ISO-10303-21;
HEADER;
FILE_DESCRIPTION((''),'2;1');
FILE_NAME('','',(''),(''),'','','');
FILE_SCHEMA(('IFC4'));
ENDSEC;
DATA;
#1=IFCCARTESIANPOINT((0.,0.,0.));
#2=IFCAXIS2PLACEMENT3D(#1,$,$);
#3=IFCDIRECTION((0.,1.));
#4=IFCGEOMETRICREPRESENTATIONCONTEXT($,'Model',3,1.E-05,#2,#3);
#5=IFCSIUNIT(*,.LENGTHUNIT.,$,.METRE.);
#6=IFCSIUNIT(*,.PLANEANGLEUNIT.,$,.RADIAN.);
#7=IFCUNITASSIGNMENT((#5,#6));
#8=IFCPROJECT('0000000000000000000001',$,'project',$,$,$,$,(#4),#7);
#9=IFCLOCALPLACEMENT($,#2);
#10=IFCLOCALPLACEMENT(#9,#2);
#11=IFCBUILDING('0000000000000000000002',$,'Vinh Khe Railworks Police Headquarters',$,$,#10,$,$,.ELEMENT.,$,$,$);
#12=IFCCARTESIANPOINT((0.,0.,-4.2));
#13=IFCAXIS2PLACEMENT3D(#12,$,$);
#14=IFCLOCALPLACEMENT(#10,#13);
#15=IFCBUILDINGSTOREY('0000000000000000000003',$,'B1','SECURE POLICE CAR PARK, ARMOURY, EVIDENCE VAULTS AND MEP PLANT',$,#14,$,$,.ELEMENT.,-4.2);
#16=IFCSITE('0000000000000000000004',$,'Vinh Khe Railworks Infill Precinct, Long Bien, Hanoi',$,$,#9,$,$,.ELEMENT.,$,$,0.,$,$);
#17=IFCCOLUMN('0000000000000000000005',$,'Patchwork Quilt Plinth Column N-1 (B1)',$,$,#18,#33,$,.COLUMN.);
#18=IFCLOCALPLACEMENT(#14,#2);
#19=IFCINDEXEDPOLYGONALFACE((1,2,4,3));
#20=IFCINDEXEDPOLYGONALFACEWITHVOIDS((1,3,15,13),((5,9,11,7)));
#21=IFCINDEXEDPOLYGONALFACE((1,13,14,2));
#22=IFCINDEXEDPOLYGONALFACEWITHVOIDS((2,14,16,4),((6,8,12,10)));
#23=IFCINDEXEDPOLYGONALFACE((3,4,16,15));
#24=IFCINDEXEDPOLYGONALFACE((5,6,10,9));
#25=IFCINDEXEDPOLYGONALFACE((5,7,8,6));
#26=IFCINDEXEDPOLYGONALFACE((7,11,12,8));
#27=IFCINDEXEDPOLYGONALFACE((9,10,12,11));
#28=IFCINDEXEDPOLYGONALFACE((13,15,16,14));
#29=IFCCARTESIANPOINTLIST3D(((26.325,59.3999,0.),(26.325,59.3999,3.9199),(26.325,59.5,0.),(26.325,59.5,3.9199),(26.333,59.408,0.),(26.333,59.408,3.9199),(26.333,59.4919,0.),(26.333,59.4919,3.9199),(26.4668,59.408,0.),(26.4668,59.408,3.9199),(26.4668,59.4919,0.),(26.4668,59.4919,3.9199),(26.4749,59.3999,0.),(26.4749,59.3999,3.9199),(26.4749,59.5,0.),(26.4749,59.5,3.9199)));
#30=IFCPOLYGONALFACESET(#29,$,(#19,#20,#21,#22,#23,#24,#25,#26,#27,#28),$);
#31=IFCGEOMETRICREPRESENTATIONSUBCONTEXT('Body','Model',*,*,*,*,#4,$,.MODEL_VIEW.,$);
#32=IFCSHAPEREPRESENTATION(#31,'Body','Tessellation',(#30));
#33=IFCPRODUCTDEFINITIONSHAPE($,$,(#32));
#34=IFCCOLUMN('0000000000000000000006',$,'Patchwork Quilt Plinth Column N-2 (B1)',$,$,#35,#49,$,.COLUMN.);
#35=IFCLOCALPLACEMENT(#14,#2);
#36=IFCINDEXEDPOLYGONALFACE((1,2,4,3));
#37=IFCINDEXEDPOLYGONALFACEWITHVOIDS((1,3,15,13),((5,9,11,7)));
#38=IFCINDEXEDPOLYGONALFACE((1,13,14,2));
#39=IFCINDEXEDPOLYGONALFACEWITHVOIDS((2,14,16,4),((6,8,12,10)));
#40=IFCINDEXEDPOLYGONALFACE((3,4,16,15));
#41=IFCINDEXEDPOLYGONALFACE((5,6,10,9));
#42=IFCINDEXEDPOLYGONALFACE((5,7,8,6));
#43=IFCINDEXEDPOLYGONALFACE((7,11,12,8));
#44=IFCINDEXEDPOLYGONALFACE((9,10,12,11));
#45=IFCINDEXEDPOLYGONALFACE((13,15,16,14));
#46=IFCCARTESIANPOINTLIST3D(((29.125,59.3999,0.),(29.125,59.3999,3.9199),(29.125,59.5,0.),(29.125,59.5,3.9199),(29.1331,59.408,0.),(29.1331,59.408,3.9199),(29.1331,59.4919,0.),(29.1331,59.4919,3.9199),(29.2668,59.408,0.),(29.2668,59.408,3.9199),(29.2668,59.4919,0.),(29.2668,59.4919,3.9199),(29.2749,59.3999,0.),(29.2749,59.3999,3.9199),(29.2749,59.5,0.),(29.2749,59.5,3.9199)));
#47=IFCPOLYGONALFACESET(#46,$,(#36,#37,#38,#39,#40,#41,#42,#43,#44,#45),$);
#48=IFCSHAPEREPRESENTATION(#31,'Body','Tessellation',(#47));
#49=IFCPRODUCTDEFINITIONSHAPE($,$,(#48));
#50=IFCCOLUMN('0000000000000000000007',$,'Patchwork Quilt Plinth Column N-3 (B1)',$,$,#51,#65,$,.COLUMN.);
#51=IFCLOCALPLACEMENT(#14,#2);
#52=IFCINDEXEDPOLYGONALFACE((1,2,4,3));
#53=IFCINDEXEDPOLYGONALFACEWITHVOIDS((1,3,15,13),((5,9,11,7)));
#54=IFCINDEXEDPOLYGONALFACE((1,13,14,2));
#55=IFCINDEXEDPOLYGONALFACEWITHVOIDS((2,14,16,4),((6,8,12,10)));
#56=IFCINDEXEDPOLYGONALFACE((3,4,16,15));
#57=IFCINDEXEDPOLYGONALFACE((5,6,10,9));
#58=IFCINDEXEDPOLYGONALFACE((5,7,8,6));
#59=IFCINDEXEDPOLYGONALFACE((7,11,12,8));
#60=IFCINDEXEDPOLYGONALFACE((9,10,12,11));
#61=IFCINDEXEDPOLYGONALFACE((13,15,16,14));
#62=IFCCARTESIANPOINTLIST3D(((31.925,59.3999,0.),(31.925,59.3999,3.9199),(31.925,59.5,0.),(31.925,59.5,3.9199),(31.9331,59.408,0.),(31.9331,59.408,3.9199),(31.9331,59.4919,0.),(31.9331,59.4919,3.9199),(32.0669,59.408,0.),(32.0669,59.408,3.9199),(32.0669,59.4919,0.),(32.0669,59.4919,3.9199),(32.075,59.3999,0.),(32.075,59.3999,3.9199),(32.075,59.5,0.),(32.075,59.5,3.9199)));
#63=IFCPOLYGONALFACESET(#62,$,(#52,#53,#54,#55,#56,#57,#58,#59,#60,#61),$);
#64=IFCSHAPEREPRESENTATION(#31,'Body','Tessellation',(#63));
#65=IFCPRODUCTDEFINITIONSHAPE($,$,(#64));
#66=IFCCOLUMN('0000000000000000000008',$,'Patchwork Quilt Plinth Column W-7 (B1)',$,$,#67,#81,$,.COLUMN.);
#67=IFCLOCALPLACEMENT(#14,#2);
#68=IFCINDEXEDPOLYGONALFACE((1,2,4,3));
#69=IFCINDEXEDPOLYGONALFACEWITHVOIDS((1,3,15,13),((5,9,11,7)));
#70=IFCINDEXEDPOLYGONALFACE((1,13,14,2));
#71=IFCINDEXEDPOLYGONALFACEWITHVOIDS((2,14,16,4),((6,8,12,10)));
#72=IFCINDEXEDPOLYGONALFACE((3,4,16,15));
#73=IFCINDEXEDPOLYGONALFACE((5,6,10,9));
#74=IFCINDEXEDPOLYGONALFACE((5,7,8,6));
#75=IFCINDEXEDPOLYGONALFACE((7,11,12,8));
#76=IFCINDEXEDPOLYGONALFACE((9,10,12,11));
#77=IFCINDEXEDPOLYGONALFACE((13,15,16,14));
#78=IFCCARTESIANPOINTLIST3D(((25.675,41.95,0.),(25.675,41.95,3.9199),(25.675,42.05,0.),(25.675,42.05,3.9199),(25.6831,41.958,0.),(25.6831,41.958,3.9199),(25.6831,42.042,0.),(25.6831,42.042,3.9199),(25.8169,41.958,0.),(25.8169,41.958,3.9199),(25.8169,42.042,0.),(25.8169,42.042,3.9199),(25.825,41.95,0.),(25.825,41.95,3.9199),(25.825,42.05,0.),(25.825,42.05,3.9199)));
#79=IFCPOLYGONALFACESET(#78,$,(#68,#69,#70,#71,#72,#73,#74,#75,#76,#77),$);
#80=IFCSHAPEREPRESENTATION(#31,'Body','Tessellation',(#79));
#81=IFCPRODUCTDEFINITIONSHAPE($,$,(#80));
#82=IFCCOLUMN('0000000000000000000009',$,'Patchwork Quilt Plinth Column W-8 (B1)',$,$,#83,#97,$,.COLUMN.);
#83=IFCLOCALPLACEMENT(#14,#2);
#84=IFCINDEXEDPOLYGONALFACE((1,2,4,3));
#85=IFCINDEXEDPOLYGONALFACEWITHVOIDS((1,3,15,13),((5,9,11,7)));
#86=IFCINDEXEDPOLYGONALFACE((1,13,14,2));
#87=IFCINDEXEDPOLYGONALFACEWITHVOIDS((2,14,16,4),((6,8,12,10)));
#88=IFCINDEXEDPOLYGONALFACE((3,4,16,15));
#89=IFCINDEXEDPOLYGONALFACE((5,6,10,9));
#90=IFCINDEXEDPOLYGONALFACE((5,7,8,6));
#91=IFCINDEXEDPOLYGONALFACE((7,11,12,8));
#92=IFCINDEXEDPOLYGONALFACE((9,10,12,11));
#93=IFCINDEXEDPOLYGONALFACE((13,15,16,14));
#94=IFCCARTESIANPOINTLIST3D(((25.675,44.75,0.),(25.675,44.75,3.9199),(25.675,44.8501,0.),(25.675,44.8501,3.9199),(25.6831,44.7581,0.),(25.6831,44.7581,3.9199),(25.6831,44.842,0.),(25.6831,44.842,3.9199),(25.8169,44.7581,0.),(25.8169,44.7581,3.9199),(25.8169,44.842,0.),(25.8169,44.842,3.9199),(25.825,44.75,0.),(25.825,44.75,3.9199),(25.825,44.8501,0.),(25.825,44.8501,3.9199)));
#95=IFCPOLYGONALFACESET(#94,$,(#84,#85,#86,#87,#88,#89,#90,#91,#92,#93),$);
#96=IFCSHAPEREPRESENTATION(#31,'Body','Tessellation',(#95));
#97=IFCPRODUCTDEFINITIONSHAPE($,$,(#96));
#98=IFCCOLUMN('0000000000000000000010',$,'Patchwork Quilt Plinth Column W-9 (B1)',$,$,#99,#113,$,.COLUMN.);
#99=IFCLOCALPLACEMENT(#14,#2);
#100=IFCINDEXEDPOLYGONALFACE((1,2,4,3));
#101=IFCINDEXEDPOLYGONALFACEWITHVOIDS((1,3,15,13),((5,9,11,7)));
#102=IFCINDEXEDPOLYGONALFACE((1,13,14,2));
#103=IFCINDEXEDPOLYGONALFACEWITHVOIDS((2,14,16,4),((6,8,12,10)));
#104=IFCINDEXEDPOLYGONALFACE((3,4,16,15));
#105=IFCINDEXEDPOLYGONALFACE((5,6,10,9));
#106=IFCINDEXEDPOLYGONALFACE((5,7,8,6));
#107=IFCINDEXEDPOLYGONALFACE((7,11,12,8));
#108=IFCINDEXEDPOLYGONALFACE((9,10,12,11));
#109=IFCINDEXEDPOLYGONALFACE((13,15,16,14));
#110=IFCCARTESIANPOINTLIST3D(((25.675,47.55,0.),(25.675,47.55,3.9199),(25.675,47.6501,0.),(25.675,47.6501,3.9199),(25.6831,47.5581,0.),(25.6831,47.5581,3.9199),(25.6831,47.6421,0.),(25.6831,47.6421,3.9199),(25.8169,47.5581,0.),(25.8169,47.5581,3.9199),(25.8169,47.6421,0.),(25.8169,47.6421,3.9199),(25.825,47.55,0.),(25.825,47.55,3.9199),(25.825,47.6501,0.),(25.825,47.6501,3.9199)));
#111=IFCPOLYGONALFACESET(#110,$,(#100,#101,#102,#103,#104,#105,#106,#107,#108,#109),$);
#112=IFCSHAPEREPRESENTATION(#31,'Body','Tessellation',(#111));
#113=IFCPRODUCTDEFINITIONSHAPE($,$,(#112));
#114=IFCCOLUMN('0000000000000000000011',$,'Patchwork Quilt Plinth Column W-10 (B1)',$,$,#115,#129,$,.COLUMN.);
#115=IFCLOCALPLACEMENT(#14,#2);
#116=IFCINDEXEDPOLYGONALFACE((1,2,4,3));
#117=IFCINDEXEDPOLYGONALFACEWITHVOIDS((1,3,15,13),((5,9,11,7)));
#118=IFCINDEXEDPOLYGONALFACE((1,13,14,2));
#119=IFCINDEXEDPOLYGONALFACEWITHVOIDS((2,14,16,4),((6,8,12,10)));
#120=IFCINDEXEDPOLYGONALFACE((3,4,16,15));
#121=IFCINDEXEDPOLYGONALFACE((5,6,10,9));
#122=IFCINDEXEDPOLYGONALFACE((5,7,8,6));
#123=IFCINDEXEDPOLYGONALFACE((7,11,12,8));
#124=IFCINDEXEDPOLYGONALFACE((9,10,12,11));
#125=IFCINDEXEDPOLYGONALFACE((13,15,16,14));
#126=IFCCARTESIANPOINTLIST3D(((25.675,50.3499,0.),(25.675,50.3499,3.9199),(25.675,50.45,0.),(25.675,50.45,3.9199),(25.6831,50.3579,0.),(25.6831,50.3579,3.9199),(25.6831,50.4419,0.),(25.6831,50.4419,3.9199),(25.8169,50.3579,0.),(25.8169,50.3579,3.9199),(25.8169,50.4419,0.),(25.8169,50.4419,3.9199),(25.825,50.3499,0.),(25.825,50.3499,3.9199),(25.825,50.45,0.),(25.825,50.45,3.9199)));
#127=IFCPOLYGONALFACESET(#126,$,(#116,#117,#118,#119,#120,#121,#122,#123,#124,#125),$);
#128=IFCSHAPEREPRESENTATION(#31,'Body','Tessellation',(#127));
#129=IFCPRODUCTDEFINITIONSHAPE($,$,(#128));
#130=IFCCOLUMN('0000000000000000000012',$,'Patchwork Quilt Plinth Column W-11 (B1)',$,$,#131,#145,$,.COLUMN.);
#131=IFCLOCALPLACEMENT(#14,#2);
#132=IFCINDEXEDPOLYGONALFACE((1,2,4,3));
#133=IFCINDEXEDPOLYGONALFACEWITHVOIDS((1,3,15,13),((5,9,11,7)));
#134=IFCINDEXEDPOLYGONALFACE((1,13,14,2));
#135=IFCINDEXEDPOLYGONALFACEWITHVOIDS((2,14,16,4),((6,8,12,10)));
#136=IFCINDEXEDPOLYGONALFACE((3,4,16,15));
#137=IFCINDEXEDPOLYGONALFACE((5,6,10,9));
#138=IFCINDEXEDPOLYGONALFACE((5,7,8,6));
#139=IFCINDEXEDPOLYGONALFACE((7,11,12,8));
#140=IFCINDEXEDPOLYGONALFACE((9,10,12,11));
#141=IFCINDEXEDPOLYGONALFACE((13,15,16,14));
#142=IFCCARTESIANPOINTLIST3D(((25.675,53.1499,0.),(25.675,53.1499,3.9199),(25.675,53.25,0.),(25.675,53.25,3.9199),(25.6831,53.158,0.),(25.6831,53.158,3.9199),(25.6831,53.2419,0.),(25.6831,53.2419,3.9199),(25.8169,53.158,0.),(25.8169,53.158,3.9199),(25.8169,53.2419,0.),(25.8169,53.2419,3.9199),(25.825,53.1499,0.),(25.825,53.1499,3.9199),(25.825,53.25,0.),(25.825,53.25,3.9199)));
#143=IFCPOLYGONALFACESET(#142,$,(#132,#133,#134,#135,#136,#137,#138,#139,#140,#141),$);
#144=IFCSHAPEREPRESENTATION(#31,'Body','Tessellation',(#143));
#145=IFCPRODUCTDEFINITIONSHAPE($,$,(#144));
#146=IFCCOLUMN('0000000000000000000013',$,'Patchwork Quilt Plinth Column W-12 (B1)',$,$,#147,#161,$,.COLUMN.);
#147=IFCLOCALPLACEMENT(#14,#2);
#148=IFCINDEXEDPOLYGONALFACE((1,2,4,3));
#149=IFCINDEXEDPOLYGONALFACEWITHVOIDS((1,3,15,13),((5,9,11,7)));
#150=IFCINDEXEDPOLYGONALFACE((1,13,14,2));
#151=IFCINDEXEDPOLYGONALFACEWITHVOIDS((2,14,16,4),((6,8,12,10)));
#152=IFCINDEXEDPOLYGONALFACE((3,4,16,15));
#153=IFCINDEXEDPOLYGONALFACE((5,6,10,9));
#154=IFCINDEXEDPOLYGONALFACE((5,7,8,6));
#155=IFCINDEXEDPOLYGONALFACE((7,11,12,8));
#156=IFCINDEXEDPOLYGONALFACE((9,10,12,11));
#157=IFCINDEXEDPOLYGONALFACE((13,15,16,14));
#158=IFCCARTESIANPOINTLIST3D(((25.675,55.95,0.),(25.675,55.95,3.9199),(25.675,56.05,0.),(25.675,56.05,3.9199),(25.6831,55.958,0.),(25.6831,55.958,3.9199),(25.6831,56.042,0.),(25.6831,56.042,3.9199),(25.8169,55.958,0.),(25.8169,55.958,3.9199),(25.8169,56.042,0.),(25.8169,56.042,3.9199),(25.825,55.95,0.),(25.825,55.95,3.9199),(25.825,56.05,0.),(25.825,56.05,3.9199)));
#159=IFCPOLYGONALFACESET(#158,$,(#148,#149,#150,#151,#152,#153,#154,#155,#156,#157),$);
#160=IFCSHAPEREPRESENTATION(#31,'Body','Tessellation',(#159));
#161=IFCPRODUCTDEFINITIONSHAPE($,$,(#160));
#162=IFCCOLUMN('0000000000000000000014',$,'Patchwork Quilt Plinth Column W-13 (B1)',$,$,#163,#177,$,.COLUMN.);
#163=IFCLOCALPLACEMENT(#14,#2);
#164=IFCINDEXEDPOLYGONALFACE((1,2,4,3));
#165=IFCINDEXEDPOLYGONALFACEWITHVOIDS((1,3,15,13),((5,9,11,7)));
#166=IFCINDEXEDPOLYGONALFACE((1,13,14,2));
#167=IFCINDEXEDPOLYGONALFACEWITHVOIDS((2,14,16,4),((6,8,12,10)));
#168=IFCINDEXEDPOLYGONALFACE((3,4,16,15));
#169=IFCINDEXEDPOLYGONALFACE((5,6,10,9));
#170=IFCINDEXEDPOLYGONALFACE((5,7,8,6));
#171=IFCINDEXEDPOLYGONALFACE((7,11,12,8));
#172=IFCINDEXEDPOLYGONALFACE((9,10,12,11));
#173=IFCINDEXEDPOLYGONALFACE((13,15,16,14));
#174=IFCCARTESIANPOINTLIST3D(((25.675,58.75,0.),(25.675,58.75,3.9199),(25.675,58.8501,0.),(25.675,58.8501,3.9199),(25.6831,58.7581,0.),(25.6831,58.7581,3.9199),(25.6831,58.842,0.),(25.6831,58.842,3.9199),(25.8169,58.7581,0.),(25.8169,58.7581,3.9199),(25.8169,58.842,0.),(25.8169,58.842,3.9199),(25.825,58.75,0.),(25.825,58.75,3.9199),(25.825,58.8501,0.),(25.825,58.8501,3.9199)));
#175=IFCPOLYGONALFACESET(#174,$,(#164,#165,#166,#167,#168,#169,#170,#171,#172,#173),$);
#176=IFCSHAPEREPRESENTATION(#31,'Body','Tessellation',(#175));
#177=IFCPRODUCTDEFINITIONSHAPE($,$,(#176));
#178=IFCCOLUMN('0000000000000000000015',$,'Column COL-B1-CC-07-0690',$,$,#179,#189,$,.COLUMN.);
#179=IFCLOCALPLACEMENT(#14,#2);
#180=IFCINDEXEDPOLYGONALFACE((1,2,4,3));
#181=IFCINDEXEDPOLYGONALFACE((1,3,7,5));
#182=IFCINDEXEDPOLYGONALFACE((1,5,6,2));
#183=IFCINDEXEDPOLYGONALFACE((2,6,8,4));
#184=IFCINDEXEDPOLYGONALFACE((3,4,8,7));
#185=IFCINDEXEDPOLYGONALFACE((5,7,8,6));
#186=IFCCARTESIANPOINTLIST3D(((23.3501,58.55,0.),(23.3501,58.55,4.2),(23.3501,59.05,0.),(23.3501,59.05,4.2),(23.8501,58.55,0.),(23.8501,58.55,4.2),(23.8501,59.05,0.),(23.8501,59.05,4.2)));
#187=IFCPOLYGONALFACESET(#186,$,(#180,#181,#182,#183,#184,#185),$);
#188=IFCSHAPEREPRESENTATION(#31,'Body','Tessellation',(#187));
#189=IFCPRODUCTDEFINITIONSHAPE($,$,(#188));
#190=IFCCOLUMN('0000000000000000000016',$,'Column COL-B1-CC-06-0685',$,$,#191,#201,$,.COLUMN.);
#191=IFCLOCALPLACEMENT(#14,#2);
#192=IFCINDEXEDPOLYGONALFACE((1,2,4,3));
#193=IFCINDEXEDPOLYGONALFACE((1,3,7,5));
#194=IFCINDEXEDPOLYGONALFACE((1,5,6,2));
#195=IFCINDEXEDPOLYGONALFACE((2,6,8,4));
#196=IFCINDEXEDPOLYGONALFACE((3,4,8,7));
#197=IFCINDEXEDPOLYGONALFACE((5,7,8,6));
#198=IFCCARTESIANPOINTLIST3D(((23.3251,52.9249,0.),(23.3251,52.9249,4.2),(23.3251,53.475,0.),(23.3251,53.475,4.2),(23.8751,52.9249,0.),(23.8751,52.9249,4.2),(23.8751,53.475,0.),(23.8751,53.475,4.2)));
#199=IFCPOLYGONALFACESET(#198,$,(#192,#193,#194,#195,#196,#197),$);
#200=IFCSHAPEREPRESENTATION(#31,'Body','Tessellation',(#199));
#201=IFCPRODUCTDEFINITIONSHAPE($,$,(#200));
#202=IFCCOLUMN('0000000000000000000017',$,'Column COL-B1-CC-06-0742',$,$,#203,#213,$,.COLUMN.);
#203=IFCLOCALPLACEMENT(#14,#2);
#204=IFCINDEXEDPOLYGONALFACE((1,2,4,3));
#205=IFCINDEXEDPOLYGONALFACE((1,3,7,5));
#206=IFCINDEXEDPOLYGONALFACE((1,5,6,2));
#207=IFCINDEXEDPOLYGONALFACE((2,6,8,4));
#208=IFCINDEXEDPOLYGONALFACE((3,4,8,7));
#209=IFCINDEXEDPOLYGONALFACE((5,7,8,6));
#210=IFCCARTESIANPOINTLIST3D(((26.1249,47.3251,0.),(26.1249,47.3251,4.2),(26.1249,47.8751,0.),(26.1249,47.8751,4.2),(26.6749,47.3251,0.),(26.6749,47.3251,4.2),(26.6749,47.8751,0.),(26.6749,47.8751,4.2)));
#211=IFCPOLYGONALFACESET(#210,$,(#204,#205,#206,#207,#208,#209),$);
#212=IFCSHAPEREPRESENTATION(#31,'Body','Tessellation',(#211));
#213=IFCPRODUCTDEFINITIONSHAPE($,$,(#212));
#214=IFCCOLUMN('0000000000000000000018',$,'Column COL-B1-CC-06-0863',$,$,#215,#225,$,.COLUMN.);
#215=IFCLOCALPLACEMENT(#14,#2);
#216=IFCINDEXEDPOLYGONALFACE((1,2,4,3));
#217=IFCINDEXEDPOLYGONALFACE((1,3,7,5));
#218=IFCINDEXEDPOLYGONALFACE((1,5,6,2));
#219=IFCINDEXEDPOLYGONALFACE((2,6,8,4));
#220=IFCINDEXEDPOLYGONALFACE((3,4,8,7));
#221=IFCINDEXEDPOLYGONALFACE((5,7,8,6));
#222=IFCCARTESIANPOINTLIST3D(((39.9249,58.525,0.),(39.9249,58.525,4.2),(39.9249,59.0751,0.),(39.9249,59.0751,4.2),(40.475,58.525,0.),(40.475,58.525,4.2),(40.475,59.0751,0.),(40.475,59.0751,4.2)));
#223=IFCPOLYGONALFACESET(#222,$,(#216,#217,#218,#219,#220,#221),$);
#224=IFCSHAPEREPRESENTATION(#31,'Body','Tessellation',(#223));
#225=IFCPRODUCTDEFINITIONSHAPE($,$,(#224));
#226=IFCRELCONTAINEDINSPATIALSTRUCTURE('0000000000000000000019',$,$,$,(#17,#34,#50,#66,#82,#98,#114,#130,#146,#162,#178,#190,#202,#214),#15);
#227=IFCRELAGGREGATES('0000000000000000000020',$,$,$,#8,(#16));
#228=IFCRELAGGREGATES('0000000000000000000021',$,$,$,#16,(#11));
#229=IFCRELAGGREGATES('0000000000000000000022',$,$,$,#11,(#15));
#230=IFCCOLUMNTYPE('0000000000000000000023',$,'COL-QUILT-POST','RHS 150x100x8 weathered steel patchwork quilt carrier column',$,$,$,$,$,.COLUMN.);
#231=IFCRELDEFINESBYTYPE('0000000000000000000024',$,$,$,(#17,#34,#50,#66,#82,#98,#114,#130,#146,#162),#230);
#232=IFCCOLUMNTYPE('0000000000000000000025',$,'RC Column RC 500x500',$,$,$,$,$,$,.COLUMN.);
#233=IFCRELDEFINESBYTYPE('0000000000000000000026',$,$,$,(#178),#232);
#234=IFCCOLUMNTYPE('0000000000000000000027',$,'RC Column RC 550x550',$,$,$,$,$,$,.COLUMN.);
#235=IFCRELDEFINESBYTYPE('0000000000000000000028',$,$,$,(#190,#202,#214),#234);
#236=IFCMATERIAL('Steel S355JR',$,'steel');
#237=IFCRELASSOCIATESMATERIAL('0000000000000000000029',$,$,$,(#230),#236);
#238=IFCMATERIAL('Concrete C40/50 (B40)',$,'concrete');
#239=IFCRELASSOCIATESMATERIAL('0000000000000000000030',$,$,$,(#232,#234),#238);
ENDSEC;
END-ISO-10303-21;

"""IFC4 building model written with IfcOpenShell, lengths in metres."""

from ifc_helpers import new_model, si_unit, direction, frame, origin, origin_2d, place, context, subcontext, project, spatial, rectangle, hollow_rectangle, extrude, material, material_profile, profile_set, type_object, element, save


model = new_model("IFC4")

# Units and contexts
model_context = context("Model", 3, precision=1e-05, world=origin(), true_north=direction((0.0, 1.0)))
body_context = subcontext(model_context, "Body", "Model", "MODEL_VIEW")
ifc_project = project(units=[si_unit("LENGTHUNIT", "METRE"), si_unit("PLANEANGLEUNIT", "RADIAN")], contexts=[model_context])

# Site, building, storey
site_placement = place(None, origin())
site = spatial("IfcSite", under=ifc_project, at=site_placement, Name="Vinh Khe Railworks Infill Precinct, Long Bien, Hanoi", CompositionType="ELEMENT", RefElevation=0.0)
building_placement = place(site_placement, origin())
building = spatial("IfcBuilding", under=site, at=building_placement, Name="Vinh Khe Railworks Police Headquarters", CompositionType="ELEMENT")
storey_placement = place(building_placement, frame((0.0, 0.0, -4.2)))
storey = spatial("IfcBuildingStorey", under=building, at=storey_placement, Name="B1", Description="SECURE POLICE CAR PARK, ARMOURY, EVIDENCE VAULTS AND MEP PLANT", CompositionType="ELEMENT", Elevation=-4.2)

# Columns
ifc_material_1 = material(Name="Steel S355JR", Category="steel")
ifc_material_profile_1 = material_profile(ifc_material_1, hollow_rectangle(XDim=0.1499, YDim=0.1001, WallThickness=0.0081, at=origin_2d()), Name="RHS 150x100x8")
ifc_profile_set_1 = profile_set([ifc_material_profile_1], Name="Steel S355JR")
column_type_1 = type_object("IfcColumnType", Name="COL-QUILT-POST", Description="RHS 150x100x8 weathered steel patchwork quilt carrier column", PredefinedType="COLUMN", material=ifc_profile_set_1)
for number, where, z_axis, x_axis, name in (
    (1, (26.3999, 59.45, 0.0), (0.0, 0.0, 1.0), (1.0, 0.0, 0.0), "Patchwork Quilt Plinth Column N-1 (B1)"),
    (2, (29.2, 59.45, 0.0), (0.0, 0.0, 1.0), (1.0, 0.0, 0.0), "Patchwork Quilt Plinth Column N-2 (B1)"),
    (3, (32.0, 59.45, 0.0), (0.0, 0.0, 1.0), (1.0, 0.0, 0.0), "Patchwork Quilt Plinth Column N-3 (B1)"),
    (4, (25.75, 42.0, 0.0), (0.0, 0.0, 1.0), (1.0, 0.0, 0.0), "Patchwork Quilt Plinth Column W-7 (B1)"),
    (5, (25.75, 44.8, 0.0), (0.0, 0.0, 1.0), (1.0, 0.0, 0.0), "Patchwork Quilt Plinth Column W-8 (B1)"),
    (6, (25.75, 47.6001, 0.0), (0.0, 0.0, 1.0), (1.0, 0.0, 0.0), "Patchwork Quilt Plinth Column W-9 (B1)"),
    (7, (25.75, 50.3999, 0.0), (0.0, 0.0, 1.0), (1.0, 0.0, 0.0), "Patchwork Quilt Plinth Column W-10 (B1)"),
    (8, (25.75, 53.2, 0.0), (0.0, 0.0, 1.0), (1.0, 0.0, 0.0), "Patchwork Quilt Plinth Column W-11 (B1)"),
    (9, (25.75, 56.0, 0.0), (0.0, 0.0, 1.0), (1.0, 0.0, 0.0), "Patchwork Quilt Plinth Column W-12 (B1)"),
    (10, (25.75, 58.8, 0.0), (0.0, 0.0, 1.0), (1.0, 0.0, 0.0), "Patchwork Quilt Plinth Column W-13 (B1)"),
):
    element("IfcColumn", number, at=place(storey_placement, frame(where, z_axis=z_axis, x_axis=x_axis)), inside=storey, type_object=column_type_1, Name=name, PredefinedType="COLUMN", context=body_context, shape_type="SweptSolid", body=[
        extrude(hollow_rectangle(XDim=0.1499, YDim=0.1001, WallThickness=0.0081, at=origin_2d()), origin(), (0.0, 0.0, 1.0), 3.9199),
    ])
ifc_material_2 = material(Name="Concrete C40/50 (B40)", Category="concrete")
ifc_material_profile_2 = material_profile(ifc_material_2, rectangle(XDim=0.5, YDim=0.5, at=origin_2d()), Name="RC 500x500")
ifc_profile_set_2 = profile_set([ifc_material_profile_2], Name="Concrete C40/50 (B40)")
column_type_2 = type_object("IfcColumnType", Name="RC Column RC 500x500", PredefinedType="COLUMN", material=ifc_profile_set_2)
column_1_placement = place(storey_placement, frame((23.6001, 58.8, 0.0), z_axis=(0.0, 0.0, 1.0), x_axis=(1.0, 0.0, 0.0)))
element("IfcColumn", 11, at=column_1_placement, inside=storey, type_object=column_type_2, Name="Column COL-B1-CC-07-0690", PredefinedType="COLUMN", context=body_context, shape_type="SweptSolid", body=[
    extrude(rectangle(XDim=0.5, YDim=0.5, at=origin_2d()), origin(), (0.0, 0.0, 1.0), 4.2),
])
ifc_material_profile_3 = material_profile(ifc_material_2, rectangle(XDim=0.55, YDim=0.55, at=origin_2d()), Name="RC 550x550")
ifc_profile_set_3 = profile_set([ifc_material_profile_3], Name="Concrete C40/50 (B40)")
column_type_3 = type_object("IfcColumnType", Name="RC Column RC 550x550", PredefinedType="COLUMN", material=ifc_profile_set_3)
for number, where, z_axis, x_axis, name in (
    (12, (23.6001, 53.2, 0.0), (0.0, 0.0, 1.0), (1.0, 0.0, 0.0), "Column COL-B1-CC-06-0685"),
    (13, (26.3999, 47.6001, 0.0), (0.0, 0.0, 1.0), (1.0, 0.0, 0.0), "Column COL-B1-CC-06-0742"),
    (14, (40.2, 58.8, 0.0), (0.0, 0.0, 1.0), (1.0, 0.0, 0.0), "Column COL-B1-CC-06-0863"),
):
    element("IfcColumn", number, at=place(storey_placement, frame(where, z_axis=z_axis, x_axis=x_axis)), inside=storey, type_object=column_type_3, Name=name, PredefinedType="COLUMN", context=body_context, shape_type="SweptSolid", body=[
        extrude(rectangle(XDim=0.55, YDim=0.55, at=origin_2d()), origin(), (0.0, 0.0, 1.0), 4.2),
    ])

save(model, "model.ifc")
